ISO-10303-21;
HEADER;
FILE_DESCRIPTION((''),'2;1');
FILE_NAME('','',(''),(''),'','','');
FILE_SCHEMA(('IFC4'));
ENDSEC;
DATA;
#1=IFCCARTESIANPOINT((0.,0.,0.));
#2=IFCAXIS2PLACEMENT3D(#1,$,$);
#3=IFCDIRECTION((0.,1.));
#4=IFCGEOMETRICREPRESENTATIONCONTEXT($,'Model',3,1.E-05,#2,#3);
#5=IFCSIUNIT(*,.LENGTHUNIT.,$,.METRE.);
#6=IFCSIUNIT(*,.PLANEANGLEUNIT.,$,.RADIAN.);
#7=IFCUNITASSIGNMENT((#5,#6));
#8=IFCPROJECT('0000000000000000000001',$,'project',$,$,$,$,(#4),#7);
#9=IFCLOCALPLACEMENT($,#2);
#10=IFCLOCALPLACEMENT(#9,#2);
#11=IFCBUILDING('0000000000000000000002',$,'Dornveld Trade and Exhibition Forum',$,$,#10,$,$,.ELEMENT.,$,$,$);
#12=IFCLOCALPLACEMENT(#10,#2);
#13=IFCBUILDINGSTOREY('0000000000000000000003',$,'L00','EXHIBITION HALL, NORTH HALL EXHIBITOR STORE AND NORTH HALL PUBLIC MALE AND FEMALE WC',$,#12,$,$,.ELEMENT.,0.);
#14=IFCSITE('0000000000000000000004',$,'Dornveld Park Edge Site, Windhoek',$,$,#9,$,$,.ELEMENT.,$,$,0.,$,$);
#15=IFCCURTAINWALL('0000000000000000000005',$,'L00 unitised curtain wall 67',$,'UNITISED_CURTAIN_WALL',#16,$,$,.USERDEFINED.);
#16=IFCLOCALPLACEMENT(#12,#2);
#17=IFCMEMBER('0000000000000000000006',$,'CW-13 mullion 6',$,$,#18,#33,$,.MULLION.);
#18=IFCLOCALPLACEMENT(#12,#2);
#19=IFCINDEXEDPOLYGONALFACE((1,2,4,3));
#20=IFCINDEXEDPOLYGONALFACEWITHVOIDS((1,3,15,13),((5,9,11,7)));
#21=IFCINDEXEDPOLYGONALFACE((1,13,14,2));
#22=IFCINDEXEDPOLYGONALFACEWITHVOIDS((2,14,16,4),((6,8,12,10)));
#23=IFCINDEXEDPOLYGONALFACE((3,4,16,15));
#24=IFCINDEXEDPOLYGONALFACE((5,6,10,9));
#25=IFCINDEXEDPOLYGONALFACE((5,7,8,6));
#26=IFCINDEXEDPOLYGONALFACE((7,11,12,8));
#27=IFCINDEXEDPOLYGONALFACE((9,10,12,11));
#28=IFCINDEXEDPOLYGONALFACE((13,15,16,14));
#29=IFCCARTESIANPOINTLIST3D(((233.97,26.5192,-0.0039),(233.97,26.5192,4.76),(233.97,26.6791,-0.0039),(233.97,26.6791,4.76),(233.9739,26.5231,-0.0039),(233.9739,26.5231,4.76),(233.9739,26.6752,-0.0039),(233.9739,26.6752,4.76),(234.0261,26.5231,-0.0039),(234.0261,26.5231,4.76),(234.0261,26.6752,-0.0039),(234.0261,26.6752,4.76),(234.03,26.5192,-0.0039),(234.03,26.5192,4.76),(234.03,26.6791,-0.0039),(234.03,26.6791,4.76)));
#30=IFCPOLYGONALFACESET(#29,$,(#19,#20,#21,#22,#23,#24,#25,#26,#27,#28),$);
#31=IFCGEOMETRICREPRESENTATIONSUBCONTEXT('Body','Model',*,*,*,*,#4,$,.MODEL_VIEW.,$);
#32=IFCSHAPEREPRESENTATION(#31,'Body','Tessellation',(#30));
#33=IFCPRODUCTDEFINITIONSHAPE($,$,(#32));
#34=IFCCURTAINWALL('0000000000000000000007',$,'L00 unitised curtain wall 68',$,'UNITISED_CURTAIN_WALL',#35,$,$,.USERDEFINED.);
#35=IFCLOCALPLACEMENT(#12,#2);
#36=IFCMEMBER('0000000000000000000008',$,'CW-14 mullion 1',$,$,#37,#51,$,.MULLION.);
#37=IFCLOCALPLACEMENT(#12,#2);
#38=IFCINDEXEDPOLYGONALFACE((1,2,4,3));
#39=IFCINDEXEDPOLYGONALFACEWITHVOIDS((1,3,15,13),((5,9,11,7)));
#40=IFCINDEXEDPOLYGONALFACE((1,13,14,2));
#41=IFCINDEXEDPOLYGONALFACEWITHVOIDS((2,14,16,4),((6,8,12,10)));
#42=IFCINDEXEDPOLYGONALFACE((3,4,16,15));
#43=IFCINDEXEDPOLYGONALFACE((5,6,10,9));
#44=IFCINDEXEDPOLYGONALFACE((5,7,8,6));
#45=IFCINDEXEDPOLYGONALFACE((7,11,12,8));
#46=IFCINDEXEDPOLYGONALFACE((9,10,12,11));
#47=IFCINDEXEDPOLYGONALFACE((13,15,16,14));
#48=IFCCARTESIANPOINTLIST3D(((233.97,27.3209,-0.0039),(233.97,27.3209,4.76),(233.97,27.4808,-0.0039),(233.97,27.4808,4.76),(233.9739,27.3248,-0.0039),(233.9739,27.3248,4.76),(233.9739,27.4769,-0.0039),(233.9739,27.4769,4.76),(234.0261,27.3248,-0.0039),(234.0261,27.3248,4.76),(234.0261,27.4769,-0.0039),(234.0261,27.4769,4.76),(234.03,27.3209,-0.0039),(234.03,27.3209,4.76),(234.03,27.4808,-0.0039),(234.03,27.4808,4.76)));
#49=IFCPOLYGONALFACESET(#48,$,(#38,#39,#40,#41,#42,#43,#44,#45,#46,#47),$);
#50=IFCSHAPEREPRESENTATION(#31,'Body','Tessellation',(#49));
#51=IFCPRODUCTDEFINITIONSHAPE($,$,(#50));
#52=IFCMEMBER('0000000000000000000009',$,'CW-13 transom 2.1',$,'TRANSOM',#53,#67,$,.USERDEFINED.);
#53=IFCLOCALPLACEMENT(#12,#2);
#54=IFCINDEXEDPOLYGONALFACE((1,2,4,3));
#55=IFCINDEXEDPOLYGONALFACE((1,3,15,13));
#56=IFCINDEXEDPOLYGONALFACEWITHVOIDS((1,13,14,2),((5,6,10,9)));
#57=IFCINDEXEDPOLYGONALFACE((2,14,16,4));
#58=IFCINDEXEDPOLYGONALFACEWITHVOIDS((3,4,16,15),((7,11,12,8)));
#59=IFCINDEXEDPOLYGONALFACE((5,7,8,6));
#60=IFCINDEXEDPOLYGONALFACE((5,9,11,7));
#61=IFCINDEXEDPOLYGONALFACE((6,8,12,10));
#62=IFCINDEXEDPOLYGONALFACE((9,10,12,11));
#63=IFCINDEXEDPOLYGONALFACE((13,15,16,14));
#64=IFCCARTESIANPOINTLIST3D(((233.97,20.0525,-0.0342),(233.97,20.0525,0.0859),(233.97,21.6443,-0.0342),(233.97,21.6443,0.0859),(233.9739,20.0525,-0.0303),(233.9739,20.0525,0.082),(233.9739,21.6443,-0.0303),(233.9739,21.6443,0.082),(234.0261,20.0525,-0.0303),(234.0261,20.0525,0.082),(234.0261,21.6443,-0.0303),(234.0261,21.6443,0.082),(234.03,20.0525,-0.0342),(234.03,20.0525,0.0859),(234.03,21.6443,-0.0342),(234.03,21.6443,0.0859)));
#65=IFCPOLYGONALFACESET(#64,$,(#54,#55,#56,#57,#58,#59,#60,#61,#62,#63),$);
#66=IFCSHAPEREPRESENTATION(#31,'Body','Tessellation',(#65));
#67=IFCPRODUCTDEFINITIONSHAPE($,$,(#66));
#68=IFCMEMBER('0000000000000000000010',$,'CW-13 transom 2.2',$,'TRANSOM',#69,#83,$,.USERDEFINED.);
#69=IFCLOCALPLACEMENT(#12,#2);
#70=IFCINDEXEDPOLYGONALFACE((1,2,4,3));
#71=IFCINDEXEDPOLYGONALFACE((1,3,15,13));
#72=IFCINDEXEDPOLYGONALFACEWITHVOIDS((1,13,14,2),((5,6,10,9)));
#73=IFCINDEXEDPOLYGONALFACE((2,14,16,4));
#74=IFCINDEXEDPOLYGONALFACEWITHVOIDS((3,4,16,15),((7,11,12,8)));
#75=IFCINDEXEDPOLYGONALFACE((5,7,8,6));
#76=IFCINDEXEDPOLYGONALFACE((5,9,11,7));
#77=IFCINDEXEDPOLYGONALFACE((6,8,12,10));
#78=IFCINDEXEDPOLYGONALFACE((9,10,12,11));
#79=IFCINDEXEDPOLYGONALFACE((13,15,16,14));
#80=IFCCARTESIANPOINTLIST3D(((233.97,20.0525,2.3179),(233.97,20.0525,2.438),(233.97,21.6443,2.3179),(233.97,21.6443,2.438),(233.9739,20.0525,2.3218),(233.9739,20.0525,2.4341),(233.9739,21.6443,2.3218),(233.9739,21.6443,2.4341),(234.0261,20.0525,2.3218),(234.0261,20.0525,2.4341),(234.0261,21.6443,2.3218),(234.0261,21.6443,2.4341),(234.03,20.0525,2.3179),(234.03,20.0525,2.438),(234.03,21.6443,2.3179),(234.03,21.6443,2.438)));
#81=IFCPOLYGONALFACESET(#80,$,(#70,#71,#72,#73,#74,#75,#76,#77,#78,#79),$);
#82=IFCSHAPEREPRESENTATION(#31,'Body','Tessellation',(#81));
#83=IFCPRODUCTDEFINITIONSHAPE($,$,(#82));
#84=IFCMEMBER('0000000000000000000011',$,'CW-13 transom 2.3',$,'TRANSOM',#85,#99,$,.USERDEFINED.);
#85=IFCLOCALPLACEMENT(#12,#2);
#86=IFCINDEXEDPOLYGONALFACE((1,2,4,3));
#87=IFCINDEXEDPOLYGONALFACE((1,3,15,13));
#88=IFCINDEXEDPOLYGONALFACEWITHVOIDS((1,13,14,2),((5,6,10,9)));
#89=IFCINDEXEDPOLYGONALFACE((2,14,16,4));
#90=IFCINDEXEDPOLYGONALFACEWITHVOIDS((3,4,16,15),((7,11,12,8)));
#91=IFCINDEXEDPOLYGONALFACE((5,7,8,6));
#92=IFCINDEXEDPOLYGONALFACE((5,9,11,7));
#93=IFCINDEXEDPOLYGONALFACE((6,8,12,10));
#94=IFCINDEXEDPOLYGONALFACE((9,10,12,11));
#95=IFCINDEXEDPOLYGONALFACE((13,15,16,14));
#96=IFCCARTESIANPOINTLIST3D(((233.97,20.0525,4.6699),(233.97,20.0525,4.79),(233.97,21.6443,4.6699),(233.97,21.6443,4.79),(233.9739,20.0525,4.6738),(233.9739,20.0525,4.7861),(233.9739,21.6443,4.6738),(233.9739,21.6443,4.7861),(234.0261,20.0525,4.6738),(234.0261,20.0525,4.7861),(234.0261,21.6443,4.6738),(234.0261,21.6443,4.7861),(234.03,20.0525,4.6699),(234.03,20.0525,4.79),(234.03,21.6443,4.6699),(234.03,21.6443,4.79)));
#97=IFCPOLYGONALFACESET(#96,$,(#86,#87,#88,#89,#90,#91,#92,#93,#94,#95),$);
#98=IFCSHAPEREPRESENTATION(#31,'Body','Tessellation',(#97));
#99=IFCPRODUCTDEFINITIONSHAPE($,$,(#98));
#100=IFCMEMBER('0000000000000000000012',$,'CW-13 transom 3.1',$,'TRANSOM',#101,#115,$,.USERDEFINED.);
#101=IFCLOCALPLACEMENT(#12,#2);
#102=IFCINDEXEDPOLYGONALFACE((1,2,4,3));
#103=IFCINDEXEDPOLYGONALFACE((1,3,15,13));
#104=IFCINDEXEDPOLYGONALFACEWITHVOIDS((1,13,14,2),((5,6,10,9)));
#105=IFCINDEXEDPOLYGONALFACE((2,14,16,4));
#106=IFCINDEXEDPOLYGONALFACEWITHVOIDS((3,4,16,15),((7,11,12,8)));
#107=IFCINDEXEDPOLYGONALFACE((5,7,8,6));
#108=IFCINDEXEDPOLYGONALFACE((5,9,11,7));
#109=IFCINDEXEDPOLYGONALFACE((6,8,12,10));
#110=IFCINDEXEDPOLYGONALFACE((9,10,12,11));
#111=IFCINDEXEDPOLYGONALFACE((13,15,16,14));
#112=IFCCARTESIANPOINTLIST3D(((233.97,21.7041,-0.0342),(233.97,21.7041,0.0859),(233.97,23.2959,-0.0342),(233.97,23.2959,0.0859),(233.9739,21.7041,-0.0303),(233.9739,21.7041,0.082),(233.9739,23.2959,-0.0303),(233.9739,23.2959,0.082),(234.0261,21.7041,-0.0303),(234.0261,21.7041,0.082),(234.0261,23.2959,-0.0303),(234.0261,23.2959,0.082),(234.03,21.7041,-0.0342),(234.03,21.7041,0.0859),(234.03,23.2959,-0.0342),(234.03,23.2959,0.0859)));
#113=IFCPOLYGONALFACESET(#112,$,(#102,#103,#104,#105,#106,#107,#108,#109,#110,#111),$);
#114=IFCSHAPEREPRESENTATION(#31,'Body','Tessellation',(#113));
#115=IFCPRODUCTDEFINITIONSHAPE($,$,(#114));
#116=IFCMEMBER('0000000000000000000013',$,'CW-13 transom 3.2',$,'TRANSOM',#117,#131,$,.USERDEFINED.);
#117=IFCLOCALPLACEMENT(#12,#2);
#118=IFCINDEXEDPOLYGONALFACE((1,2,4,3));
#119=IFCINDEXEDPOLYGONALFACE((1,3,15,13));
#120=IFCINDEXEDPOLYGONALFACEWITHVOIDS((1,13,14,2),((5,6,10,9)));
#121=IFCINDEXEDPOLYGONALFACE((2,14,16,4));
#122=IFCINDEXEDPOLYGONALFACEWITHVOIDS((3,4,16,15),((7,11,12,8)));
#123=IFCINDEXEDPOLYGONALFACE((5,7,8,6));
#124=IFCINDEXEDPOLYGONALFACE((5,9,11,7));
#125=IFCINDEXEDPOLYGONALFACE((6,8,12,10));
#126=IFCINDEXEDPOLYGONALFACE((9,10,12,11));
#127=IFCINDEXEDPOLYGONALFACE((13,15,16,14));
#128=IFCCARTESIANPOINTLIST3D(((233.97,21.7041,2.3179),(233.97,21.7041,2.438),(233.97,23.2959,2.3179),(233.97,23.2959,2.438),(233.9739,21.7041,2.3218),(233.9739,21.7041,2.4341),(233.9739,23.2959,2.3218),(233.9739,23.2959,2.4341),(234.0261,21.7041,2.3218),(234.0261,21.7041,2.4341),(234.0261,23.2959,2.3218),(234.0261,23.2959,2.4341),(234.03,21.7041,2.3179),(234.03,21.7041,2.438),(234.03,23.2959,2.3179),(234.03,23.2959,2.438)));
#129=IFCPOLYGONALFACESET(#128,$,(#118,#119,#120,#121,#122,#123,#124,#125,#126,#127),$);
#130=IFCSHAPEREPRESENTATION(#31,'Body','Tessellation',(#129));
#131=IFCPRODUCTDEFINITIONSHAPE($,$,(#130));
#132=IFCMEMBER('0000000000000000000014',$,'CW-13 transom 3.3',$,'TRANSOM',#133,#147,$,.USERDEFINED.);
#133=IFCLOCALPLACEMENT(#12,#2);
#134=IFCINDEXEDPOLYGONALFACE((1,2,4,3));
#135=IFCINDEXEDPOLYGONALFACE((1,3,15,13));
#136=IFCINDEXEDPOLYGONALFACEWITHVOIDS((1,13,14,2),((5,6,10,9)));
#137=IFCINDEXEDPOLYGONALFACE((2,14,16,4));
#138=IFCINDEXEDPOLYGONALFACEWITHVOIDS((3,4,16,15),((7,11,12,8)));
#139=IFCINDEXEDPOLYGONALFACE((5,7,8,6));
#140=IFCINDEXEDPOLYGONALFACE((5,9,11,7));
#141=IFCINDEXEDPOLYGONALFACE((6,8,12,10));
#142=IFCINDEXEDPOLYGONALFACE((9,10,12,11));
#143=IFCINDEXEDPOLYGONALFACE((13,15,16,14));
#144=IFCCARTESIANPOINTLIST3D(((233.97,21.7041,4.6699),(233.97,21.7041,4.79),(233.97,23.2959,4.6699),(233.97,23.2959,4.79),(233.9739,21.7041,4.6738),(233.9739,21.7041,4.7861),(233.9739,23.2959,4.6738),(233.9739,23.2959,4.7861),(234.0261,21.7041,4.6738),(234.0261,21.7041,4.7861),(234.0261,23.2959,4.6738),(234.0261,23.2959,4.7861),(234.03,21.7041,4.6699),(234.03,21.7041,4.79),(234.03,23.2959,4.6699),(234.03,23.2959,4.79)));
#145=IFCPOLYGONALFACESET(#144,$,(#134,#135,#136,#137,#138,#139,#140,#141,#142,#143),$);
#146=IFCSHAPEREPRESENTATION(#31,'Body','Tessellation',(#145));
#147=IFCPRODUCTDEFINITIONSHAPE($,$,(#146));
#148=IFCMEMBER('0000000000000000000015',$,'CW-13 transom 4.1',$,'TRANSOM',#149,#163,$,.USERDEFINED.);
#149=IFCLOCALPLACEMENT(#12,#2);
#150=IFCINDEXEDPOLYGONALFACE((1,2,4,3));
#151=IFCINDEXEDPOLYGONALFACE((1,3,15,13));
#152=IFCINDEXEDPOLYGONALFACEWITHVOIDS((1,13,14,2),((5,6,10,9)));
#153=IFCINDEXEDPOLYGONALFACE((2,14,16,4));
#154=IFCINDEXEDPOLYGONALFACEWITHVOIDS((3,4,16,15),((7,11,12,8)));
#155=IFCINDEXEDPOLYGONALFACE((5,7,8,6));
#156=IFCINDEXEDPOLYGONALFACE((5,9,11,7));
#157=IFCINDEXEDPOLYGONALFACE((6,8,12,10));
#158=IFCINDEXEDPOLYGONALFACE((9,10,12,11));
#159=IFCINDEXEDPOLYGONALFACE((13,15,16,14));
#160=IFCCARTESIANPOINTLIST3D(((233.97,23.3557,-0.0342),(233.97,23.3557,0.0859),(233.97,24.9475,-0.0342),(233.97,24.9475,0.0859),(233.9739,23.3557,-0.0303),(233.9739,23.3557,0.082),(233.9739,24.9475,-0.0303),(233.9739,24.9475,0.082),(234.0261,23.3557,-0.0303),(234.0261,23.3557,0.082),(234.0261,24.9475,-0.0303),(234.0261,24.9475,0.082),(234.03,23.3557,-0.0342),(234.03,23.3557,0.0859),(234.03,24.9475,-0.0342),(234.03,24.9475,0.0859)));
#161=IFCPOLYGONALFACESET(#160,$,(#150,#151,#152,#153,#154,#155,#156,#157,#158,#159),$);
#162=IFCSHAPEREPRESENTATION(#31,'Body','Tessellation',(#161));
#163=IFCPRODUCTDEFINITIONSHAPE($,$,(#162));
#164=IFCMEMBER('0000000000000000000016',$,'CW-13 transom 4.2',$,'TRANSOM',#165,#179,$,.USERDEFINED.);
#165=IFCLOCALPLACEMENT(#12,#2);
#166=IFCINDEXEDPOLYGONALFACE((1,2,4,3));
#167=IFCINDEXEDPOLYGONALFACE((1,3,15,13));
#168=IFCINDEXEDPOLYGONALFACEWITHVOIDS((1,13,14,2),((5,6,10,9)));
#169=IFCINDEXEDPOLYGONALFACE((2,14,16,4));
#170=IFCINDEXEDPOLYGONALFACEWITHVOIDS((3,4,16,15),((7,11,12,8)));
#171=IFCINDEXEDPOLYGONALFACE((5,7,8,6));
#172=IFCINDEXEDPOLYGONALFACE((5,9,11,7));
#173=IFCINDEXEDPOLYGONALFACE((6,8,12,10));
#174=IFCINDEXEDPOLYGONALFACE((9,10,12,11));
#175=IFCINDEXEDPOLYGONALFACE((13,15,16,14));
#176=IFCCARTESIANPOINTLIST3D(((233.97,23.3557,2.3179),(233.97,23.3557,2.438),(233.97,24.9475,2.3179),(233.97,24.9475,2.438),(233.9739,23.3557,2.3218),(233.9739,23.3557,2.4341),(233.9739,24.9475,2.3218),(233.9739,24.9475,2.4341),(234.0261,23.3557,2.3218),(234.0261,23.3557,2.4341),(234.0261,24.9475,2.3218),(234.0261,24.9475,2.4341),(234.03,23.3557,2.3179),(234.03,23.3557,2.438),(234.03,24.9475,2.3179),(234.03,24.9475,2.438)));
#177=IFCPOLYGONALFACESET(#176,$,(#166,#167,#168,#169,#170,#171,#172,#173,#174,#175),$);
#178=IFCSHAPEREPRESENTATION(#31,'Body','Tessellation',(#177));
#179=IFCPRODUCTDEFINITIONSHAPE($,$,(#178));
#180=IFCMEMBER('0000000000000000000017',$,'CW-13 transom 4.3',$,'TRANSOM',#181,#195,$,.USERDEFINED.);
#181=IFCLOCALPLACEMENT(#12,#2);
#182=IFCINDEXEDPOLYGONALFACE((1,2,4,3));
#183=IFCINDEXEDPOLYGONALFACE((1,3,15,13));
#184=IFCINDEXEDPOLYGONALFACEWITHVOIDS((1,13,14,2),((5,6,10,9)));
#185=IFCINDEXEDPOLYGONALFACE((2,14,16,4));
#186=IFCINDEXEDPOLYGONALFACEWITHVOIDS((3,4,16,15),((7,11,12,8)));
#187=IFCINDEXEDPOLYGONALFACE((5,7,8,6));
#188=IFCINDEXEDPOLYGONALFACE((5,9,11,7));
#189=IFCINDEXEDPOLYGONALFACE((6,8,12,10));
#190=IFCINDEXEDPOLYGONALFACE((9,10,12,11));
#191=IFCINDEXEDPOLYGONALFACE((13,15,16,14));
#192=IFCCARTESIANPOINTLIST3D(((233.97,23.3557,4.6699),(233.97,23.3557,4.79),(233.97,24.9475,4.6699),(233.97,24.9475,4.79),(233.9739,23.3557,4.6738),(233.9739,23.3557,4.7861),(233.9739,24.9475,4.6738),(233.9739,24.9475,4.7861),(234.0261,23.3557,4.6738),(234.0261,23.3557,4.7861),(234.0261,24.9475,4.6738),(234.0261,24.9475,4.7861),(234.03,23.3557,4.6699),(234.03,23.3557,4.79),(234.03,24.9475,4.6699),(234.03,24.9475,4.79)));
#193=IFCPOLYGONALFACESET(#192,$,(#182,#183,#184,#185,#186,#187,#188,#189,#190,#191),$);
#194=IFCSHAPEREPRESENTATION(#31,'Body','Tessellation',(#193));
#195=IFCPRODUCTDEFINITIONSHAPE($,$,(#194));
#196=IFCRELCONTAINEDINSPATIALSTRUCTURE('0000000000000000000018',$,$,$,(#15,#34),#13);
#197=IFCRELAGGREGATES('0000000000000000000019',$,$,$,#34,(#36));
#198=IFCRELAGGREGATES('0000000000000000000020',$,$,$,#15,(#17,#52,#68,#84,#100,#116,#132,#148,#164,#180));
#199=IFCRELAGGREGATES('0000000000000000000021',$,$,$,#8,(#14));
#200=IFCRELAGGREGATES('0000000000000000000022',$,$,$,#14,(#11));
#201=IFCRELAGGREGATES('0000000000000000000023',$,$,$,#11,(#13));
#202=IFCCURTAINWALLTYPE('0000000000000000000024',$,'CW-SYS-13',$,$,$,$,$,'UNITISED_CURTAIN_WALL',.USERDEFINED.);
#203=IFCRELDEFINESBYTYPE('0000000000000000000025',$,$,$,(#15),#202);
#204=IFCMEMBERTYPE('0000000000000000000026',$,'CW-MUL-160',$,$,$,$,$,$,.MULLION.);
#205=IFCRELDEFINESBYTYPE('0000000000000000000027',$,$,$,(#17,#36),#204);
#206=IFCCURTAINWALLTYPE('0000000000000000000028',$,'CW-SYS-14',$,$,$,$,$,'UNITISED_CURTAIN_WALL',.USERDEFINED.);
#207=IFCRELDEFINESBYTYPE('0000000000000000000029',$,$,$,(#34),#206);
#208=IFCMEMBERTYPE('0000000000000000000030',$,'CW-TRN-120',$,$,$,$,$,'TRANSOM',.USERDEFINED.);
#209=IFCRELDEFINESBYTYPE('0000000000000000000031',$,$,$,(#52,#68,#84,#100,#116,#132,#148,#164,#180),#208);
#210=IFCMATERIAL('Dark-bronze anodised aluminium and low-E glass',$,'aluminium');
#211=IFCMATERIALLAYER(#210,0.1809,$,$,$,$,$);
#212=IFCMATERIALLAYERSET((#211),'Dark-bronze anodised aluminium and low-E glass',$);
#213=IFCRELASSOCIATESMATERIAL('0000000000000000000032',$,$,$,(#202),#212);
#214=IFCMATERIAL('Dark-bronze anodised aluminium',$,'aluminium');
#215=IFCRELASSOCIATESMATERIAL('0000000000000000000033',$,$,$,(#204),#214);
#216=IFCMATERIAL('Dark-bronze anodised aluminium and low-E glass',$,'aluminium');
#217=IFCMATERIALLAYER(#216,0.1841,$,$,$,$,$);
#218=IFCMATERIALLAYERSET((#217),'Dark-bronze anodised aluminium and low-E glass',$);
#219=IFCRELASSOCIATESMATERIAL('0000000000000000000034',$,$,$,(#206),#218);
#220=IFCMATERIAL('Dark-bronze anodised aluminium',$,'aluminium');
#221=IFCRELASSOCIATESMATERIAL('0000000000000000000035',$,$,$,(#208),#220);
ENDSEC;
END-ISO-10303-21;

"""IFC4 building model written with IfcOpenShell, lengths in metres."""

from ifc_helpers import new_model, si_unit, direction, frame, origin, origin_2d, place, context, subcontext, project, spatial, hollow_rectangle, extrude, material, layer, layer_set, material_profile, profile_set, type_object, element, aggregate, save


model = new_model("IFC4")

# Units and contexts
model_context = context("Model", 3, precision=1e-05, world=origin(), true_north=direction((0.0, 1.0)))
body_context = subcontext(model_context, "Body", "Model", "MODEL_VIEW")
ifc_project = project(units=[si_unit("LENGTHUNIT", "METRE"), si_unit("PLANEANGLEUNIT", "RADIAN")], contexts=[model_context])

# Site, building, storey
site_placement = place(None, origin())
site = spatial("IfcSite", under=ifc_project, at=site_placement, Name="Dornveld Park Edge Site, Windhoek", CompositionType="ELEMENT", RefElevation=0.0)
building_placement = place(site_placement, origin())
building = spatial("IfcBuilding", under=site, at=building_placement, Name="Dornveld Trade and Exhibition Forum", CompositionType="ELEMENT")
storey_placement = place(building_placement, origin())
storey = spatial("IfcBuildingStorey", under=building, at=storey_placement, Name="L00", Description="EXHIBITION HALL, NORTH HALL EXHIBITOR STORE AND NORTH HALL PUBLIC MALE AND FEMALE WC", CompositionType="ELEMENT", Elevation=0.0)

# Curtain wall, member
ifc_material_1 = material(Name="Dark-bronze anodised aluminium and low-E glass", Category="aluminium")
ifc_layer_1 = layer(ifc_material_1, 0.1809)
ifc_layer_set_1 = layer_set([ifc_layer_1], Name="Dark-bronze anodised aluminium and low-E glass")
curtain_wall_type_1 = type_object("IfcCurtainWallType", Name="CW-SYS-13", ElementType="UNITISED_CURTAIN_WALL", PredefinedType="USERDEFINED", material=ifc_layer_set_1)
curtain_wall_1_placement = place(storey_placement, origin())
curtain_wall_1 = element("IfcCurtainWall", 1, at=curtain_wall_1_placement, inside=storey, type_object=curtain_wall_type_1, Name="L00 unitised curtain wall 67", ObjectType="UNITISED_CURTAIN_WALL", PredefinedType="USERDEFINED")
ifc_material_2 = material(Name="Dark-bronze anodised aluminium", Category="aluminium")
ifc_material_profile_1 = material_profile(ifc_material_2, hollow_rectangle(XDim=0.0601, YDim=0.1599, WallThickness=0.0039, at=origin_2d()), Name="RHS 160x60x4")
ifc_profile_set_1 = profile_set([ifc_material_profile_1], Name="Dark-bronze anodised aluminium")
member_type_1 = type_object("IfcMemberType", Name="CW-MUL-160", PredefinedType="MULLION", material=ifc_profile_set_1)
member_1_placement = place(storey_placement, frame((234.0, 26.5991, -0.0039), z_axis=(0.0, 0.0, 1.0), x_axis=(-1.0, 0.0, 0.0)))
member_1 = element("IfcMember", 2, at=member_1_placement, type_object=member_type_1, Name="CW-13 mullion 6", PredefinedType="MULLION", context=body_context, shape_type="SweptSolid", body=[
    extrude(hollow_rectangle(XDim=0.0601, YDim=0.1599, WallThickness=0.0039, at=origin_2d()), origin(), (0.0, 0.0, 1.0), 4.7639),
])

# Curtain wall, member
ifc_material_3 = material(Name="Dark-bronze anodised aluminium and low-E glass", Category="aluminium")
ifc_layer_2 = layer(ifc_material_3, 0.1841)
ifc_layer_set_2 = layer_set([ifc_layer_2], Name="Dark-bronze anodised aluminium and low-E glass")
curtain_wall_type_2 = type_object("IfcCurtainWallType", Name="CW-SYS-14", ElementType="UNITISED_CURTAIN_WALL", PredefinedType="USERDEFINED", material=ifc_layer_set_2)
curtain_wall_2_placement = place(storey_placement, origin())
curtain_wall_2 = element("IfcCurtainWall", 3, at=curtain_wall_2_placement, inside=storey, type_object=curtain_wall_type_2, Name="L00 unitised curtain wall 68", ObjectType="UNITISED_CURTAIN_WALL", PredefinedType="USERDEFINED")
member_2_placement = place(storey_placement, frame((234.0, 27.4009, -0.0039), z_axis=(0.0, 0.0, 1.0), x_axis=(-1.0, 0.0, 0.0)))
member_2 = element("IfcMember", 4, at=member_2_placement, type_object=member_type_1, Name="CW-14 mullion 1", PredefinedType="MULLION", context=body_context, shape_type="SweptSolid", body=[
    extrude(hollow_rectangle(XDim=0.0601, YDim=0.1599, WallThickness=0.0039, at=origin_2d()), origin(), (0.0, 0.0, 1.0), 4.7639),
])
aggregate(curtain_wall_2, [member_2])

# Members
ifc_material_4 = material(Name="Dark-bronze anodised aluminium", Category="aluminium")
ifc_material_profile_2 = material_profile(ifc_material_4, hollow_rectangle(XDim=0.0601, YDim=0.1201, WallThickness=0.0039, at=origin_2d()), Name="RHS 120x60x4")
ifc_profile_set_2 = profile_set([ifc_material_profile_2], Name="Dark-bronze anodised aluminium")
member_type_2 = type_object("IfcMemberType", Name="CW-TRN-120", ElementType="TRANSOM", PredefinedType="USERDEFINED", material=ifc_profile_set_2)
member_3_placement = place(storey_placement, frame((234.0, 20.0525, 0.0259), z_axis=(0.0, 1.0, 0.0), x_axis=(-1.0, 0.0, 0.0)))
member_3 = element("IfcMember", 5, at=member_3_placement, type_object=member_type_2, Name="CW-13 transom 2.1", ObjectType="TRANSOM", PredefinedType="USERDEFINED", context=body_context, shape_type="SweptSolid", body=[
    extrude(hollow_rectangle(XDim=0.0601, YDim=0.1201, WallThickness=0.0039, at=origin_2d()), origin(), (0.0, 0.0, 1.0), 1.5918),
])
member_4_placement = place(storey_placement, frame((234.0, 20.0525, 2.3779), z_axis=(0.0, 1.0, 0.0), x_axis=(-1.0, 0.0, 0.0)))
member_4 = element("IfcMember", 6, at=member_4_placement, type_object=member_type_2, Name="CW-13 transom 2.2", ObjectType="TRANSOM", PredefinedType="USERDEFINED", context=body_context, shape_type="SweptSolid", body=[
    extrude(hollow_rectangle(XDim=0.0601, YDim=0.1201, WallThickness=0.0039, at=origin_2d()), origin(), (0.0, 0.0, 1.0), 1.5918),
])
member_5_placement = place(storey_placement, frame((234.0, 20.0525, 4.73), z_axis=(0.0, 1.0, 0.0), x_axis=(-1.0, 0.0, 0.0)))
member_5 = element("IfcMember", 7, at=member_5_placement, type_object=member_type_2, Name="CW-13 transom 2.3", ObjectType="TRANSOM", PredefinedType="USERDEFINED", context=body_context, shape_type="SweptSolid", body=[
    extrude(hollow_rectangle(XDim=0.0601, YDim=0.1201, WallThickness=0.0039, at=origin_2d()), origin(), (0.0, 0.0, 1.0), 1.5918),
])
member_6_placement = place(storey_placement, frame((234.0, 21.7041, 0.0259), z_axis=(0.0, 1.0, 0.0), x_axis=(-1.0, 0.0, 0.0)))
member_6 = element("IfcMember", 8, at=member_6_placement, type_object=member_type_2, Name="CW-13 transom 3.1", ObjectType="TRANSOM", PredefinedType="USERDEFINED", context=body_context, shape_type="SweptSolid", body=[
    extrude(hollow_rectangle(XDim=0.0601, YDim=0.1201, WallThickness=0.0039, at=origin_2d()), origin(), (0.0, 0.0, 1.0), 1.5918),
])
member_7_placement = place(storey_placement, frame((234.0, 21.7041, 2.3779), z_axis=(0.0, 1.0, 0.0), x_axis=(-1.0, 0.0, 0.0)))
member_7 = element("IfcMember", 9, at=member_7_placement, type_object=member_type_2, Name="CW-13 transom 3.2", ObjectType="TRANSOM", PredefinedType="USERDEFINED", context=body_context, shape_type="SweptSolid", body=[
    extrude(hollow_rectangle(XDim=0.0601, YDim=0.1201, WallThickness=0.0039, at=origin_2d()), origin(), (0.0, 0.0, 1.0), 1.5918),
])
member_8_placement = place(storey_placement, frame((234.0, 21.7041, 4.73), z_axis=(0.0, 1.0, 0.0), x_axis=(-1.0, 0.0, 0.0)))
member_8 = element("IfcMember", 10, at=member_8_placement, type_object=member_type_2, Name="CW-13 transom 3.3", ObjectType="TRANSOM", PredefinedType="USERDEFINED", context=body_context, shape_type="SweptSolid", body=[
    extrude(hollow_rectangle(XDim=0.0601, YDim=0.1201, WallThickness=0.0039, at=origin_2d()), origin(), (0.0, 0.0, 1.0), 1.5918),
])
member_9_placement = place(storey_placement, frame((234.0, 23.3557, 0.0259), z_axis=(0.0, 1.0, 0.0), x_axis=(-1.0, 0.0, 0.0)))
member_9 = element("IfcMember", 11, at=member_9_placement, type_object=member_type_2, Name="CW-13 transom 4.1", ObjectType="TRANSOM", PredefinedType="USERDEFINED", context=body_context, shape_type="SweptSolid", body=[
    extrude(hollow_rectangle(XDim=0.0601, YDim=0.1201, WallThickness=0.0039, at=origin_2d()), origin(), (0.0, 0.0, 1.0), 1.5918),
])
member_10_placement = place(storey_placement, frame((234.0, 23.3557, 2.3779), z_axis=(0.0, 1.0, 0.0), x_axis=(-1.0, 0.0, 0.0)))
member_10 = element("IfcMember", 12, at=member_10_placement, type_object=member_type_2, Name="CW-13 transom 4.2", ObjectType="TRANSOM", PredefinedType="USERDEFINED", context=body_context, shape_type="SweptSolid", body=[
    extrude(hollow_rectangle(XDim=0.0601, YDim=0.1201, WallThickness=0.0039, at=origin_2d()), origin(), (0.0, 0.0, 1.0), 1.5918),
])
member_11_placement = place(storey_placement, frame((234.0, 23.3557, 4.73), z_axis=(0.0, 1.0, 0.0), x_axis=(-1.0, 0.0, 0.0)))
member_11 = element("IfcMember", 13, at=member_11_placement, type_object=member_type_2, Name="CW-13 transom 4.3", ObjectType="TRANSOM", PredefinedType="USERDEFINED", context=body_context, shape_type="SweptSolid", body=[
    extrude(hollow_rectangle(XDim=0.0601, YDim=0.1201, WallThickness=0.0039, at=origin_2d()), origin(), (0.0, 0.0, 1.0), 1.5918),
])

aggregate(curtain_wall_1, [member_1, member_3, member_4, member_5, member_6, member_7, member_8, member_9, member_10, member_11])

save(model, "model.ifc")
